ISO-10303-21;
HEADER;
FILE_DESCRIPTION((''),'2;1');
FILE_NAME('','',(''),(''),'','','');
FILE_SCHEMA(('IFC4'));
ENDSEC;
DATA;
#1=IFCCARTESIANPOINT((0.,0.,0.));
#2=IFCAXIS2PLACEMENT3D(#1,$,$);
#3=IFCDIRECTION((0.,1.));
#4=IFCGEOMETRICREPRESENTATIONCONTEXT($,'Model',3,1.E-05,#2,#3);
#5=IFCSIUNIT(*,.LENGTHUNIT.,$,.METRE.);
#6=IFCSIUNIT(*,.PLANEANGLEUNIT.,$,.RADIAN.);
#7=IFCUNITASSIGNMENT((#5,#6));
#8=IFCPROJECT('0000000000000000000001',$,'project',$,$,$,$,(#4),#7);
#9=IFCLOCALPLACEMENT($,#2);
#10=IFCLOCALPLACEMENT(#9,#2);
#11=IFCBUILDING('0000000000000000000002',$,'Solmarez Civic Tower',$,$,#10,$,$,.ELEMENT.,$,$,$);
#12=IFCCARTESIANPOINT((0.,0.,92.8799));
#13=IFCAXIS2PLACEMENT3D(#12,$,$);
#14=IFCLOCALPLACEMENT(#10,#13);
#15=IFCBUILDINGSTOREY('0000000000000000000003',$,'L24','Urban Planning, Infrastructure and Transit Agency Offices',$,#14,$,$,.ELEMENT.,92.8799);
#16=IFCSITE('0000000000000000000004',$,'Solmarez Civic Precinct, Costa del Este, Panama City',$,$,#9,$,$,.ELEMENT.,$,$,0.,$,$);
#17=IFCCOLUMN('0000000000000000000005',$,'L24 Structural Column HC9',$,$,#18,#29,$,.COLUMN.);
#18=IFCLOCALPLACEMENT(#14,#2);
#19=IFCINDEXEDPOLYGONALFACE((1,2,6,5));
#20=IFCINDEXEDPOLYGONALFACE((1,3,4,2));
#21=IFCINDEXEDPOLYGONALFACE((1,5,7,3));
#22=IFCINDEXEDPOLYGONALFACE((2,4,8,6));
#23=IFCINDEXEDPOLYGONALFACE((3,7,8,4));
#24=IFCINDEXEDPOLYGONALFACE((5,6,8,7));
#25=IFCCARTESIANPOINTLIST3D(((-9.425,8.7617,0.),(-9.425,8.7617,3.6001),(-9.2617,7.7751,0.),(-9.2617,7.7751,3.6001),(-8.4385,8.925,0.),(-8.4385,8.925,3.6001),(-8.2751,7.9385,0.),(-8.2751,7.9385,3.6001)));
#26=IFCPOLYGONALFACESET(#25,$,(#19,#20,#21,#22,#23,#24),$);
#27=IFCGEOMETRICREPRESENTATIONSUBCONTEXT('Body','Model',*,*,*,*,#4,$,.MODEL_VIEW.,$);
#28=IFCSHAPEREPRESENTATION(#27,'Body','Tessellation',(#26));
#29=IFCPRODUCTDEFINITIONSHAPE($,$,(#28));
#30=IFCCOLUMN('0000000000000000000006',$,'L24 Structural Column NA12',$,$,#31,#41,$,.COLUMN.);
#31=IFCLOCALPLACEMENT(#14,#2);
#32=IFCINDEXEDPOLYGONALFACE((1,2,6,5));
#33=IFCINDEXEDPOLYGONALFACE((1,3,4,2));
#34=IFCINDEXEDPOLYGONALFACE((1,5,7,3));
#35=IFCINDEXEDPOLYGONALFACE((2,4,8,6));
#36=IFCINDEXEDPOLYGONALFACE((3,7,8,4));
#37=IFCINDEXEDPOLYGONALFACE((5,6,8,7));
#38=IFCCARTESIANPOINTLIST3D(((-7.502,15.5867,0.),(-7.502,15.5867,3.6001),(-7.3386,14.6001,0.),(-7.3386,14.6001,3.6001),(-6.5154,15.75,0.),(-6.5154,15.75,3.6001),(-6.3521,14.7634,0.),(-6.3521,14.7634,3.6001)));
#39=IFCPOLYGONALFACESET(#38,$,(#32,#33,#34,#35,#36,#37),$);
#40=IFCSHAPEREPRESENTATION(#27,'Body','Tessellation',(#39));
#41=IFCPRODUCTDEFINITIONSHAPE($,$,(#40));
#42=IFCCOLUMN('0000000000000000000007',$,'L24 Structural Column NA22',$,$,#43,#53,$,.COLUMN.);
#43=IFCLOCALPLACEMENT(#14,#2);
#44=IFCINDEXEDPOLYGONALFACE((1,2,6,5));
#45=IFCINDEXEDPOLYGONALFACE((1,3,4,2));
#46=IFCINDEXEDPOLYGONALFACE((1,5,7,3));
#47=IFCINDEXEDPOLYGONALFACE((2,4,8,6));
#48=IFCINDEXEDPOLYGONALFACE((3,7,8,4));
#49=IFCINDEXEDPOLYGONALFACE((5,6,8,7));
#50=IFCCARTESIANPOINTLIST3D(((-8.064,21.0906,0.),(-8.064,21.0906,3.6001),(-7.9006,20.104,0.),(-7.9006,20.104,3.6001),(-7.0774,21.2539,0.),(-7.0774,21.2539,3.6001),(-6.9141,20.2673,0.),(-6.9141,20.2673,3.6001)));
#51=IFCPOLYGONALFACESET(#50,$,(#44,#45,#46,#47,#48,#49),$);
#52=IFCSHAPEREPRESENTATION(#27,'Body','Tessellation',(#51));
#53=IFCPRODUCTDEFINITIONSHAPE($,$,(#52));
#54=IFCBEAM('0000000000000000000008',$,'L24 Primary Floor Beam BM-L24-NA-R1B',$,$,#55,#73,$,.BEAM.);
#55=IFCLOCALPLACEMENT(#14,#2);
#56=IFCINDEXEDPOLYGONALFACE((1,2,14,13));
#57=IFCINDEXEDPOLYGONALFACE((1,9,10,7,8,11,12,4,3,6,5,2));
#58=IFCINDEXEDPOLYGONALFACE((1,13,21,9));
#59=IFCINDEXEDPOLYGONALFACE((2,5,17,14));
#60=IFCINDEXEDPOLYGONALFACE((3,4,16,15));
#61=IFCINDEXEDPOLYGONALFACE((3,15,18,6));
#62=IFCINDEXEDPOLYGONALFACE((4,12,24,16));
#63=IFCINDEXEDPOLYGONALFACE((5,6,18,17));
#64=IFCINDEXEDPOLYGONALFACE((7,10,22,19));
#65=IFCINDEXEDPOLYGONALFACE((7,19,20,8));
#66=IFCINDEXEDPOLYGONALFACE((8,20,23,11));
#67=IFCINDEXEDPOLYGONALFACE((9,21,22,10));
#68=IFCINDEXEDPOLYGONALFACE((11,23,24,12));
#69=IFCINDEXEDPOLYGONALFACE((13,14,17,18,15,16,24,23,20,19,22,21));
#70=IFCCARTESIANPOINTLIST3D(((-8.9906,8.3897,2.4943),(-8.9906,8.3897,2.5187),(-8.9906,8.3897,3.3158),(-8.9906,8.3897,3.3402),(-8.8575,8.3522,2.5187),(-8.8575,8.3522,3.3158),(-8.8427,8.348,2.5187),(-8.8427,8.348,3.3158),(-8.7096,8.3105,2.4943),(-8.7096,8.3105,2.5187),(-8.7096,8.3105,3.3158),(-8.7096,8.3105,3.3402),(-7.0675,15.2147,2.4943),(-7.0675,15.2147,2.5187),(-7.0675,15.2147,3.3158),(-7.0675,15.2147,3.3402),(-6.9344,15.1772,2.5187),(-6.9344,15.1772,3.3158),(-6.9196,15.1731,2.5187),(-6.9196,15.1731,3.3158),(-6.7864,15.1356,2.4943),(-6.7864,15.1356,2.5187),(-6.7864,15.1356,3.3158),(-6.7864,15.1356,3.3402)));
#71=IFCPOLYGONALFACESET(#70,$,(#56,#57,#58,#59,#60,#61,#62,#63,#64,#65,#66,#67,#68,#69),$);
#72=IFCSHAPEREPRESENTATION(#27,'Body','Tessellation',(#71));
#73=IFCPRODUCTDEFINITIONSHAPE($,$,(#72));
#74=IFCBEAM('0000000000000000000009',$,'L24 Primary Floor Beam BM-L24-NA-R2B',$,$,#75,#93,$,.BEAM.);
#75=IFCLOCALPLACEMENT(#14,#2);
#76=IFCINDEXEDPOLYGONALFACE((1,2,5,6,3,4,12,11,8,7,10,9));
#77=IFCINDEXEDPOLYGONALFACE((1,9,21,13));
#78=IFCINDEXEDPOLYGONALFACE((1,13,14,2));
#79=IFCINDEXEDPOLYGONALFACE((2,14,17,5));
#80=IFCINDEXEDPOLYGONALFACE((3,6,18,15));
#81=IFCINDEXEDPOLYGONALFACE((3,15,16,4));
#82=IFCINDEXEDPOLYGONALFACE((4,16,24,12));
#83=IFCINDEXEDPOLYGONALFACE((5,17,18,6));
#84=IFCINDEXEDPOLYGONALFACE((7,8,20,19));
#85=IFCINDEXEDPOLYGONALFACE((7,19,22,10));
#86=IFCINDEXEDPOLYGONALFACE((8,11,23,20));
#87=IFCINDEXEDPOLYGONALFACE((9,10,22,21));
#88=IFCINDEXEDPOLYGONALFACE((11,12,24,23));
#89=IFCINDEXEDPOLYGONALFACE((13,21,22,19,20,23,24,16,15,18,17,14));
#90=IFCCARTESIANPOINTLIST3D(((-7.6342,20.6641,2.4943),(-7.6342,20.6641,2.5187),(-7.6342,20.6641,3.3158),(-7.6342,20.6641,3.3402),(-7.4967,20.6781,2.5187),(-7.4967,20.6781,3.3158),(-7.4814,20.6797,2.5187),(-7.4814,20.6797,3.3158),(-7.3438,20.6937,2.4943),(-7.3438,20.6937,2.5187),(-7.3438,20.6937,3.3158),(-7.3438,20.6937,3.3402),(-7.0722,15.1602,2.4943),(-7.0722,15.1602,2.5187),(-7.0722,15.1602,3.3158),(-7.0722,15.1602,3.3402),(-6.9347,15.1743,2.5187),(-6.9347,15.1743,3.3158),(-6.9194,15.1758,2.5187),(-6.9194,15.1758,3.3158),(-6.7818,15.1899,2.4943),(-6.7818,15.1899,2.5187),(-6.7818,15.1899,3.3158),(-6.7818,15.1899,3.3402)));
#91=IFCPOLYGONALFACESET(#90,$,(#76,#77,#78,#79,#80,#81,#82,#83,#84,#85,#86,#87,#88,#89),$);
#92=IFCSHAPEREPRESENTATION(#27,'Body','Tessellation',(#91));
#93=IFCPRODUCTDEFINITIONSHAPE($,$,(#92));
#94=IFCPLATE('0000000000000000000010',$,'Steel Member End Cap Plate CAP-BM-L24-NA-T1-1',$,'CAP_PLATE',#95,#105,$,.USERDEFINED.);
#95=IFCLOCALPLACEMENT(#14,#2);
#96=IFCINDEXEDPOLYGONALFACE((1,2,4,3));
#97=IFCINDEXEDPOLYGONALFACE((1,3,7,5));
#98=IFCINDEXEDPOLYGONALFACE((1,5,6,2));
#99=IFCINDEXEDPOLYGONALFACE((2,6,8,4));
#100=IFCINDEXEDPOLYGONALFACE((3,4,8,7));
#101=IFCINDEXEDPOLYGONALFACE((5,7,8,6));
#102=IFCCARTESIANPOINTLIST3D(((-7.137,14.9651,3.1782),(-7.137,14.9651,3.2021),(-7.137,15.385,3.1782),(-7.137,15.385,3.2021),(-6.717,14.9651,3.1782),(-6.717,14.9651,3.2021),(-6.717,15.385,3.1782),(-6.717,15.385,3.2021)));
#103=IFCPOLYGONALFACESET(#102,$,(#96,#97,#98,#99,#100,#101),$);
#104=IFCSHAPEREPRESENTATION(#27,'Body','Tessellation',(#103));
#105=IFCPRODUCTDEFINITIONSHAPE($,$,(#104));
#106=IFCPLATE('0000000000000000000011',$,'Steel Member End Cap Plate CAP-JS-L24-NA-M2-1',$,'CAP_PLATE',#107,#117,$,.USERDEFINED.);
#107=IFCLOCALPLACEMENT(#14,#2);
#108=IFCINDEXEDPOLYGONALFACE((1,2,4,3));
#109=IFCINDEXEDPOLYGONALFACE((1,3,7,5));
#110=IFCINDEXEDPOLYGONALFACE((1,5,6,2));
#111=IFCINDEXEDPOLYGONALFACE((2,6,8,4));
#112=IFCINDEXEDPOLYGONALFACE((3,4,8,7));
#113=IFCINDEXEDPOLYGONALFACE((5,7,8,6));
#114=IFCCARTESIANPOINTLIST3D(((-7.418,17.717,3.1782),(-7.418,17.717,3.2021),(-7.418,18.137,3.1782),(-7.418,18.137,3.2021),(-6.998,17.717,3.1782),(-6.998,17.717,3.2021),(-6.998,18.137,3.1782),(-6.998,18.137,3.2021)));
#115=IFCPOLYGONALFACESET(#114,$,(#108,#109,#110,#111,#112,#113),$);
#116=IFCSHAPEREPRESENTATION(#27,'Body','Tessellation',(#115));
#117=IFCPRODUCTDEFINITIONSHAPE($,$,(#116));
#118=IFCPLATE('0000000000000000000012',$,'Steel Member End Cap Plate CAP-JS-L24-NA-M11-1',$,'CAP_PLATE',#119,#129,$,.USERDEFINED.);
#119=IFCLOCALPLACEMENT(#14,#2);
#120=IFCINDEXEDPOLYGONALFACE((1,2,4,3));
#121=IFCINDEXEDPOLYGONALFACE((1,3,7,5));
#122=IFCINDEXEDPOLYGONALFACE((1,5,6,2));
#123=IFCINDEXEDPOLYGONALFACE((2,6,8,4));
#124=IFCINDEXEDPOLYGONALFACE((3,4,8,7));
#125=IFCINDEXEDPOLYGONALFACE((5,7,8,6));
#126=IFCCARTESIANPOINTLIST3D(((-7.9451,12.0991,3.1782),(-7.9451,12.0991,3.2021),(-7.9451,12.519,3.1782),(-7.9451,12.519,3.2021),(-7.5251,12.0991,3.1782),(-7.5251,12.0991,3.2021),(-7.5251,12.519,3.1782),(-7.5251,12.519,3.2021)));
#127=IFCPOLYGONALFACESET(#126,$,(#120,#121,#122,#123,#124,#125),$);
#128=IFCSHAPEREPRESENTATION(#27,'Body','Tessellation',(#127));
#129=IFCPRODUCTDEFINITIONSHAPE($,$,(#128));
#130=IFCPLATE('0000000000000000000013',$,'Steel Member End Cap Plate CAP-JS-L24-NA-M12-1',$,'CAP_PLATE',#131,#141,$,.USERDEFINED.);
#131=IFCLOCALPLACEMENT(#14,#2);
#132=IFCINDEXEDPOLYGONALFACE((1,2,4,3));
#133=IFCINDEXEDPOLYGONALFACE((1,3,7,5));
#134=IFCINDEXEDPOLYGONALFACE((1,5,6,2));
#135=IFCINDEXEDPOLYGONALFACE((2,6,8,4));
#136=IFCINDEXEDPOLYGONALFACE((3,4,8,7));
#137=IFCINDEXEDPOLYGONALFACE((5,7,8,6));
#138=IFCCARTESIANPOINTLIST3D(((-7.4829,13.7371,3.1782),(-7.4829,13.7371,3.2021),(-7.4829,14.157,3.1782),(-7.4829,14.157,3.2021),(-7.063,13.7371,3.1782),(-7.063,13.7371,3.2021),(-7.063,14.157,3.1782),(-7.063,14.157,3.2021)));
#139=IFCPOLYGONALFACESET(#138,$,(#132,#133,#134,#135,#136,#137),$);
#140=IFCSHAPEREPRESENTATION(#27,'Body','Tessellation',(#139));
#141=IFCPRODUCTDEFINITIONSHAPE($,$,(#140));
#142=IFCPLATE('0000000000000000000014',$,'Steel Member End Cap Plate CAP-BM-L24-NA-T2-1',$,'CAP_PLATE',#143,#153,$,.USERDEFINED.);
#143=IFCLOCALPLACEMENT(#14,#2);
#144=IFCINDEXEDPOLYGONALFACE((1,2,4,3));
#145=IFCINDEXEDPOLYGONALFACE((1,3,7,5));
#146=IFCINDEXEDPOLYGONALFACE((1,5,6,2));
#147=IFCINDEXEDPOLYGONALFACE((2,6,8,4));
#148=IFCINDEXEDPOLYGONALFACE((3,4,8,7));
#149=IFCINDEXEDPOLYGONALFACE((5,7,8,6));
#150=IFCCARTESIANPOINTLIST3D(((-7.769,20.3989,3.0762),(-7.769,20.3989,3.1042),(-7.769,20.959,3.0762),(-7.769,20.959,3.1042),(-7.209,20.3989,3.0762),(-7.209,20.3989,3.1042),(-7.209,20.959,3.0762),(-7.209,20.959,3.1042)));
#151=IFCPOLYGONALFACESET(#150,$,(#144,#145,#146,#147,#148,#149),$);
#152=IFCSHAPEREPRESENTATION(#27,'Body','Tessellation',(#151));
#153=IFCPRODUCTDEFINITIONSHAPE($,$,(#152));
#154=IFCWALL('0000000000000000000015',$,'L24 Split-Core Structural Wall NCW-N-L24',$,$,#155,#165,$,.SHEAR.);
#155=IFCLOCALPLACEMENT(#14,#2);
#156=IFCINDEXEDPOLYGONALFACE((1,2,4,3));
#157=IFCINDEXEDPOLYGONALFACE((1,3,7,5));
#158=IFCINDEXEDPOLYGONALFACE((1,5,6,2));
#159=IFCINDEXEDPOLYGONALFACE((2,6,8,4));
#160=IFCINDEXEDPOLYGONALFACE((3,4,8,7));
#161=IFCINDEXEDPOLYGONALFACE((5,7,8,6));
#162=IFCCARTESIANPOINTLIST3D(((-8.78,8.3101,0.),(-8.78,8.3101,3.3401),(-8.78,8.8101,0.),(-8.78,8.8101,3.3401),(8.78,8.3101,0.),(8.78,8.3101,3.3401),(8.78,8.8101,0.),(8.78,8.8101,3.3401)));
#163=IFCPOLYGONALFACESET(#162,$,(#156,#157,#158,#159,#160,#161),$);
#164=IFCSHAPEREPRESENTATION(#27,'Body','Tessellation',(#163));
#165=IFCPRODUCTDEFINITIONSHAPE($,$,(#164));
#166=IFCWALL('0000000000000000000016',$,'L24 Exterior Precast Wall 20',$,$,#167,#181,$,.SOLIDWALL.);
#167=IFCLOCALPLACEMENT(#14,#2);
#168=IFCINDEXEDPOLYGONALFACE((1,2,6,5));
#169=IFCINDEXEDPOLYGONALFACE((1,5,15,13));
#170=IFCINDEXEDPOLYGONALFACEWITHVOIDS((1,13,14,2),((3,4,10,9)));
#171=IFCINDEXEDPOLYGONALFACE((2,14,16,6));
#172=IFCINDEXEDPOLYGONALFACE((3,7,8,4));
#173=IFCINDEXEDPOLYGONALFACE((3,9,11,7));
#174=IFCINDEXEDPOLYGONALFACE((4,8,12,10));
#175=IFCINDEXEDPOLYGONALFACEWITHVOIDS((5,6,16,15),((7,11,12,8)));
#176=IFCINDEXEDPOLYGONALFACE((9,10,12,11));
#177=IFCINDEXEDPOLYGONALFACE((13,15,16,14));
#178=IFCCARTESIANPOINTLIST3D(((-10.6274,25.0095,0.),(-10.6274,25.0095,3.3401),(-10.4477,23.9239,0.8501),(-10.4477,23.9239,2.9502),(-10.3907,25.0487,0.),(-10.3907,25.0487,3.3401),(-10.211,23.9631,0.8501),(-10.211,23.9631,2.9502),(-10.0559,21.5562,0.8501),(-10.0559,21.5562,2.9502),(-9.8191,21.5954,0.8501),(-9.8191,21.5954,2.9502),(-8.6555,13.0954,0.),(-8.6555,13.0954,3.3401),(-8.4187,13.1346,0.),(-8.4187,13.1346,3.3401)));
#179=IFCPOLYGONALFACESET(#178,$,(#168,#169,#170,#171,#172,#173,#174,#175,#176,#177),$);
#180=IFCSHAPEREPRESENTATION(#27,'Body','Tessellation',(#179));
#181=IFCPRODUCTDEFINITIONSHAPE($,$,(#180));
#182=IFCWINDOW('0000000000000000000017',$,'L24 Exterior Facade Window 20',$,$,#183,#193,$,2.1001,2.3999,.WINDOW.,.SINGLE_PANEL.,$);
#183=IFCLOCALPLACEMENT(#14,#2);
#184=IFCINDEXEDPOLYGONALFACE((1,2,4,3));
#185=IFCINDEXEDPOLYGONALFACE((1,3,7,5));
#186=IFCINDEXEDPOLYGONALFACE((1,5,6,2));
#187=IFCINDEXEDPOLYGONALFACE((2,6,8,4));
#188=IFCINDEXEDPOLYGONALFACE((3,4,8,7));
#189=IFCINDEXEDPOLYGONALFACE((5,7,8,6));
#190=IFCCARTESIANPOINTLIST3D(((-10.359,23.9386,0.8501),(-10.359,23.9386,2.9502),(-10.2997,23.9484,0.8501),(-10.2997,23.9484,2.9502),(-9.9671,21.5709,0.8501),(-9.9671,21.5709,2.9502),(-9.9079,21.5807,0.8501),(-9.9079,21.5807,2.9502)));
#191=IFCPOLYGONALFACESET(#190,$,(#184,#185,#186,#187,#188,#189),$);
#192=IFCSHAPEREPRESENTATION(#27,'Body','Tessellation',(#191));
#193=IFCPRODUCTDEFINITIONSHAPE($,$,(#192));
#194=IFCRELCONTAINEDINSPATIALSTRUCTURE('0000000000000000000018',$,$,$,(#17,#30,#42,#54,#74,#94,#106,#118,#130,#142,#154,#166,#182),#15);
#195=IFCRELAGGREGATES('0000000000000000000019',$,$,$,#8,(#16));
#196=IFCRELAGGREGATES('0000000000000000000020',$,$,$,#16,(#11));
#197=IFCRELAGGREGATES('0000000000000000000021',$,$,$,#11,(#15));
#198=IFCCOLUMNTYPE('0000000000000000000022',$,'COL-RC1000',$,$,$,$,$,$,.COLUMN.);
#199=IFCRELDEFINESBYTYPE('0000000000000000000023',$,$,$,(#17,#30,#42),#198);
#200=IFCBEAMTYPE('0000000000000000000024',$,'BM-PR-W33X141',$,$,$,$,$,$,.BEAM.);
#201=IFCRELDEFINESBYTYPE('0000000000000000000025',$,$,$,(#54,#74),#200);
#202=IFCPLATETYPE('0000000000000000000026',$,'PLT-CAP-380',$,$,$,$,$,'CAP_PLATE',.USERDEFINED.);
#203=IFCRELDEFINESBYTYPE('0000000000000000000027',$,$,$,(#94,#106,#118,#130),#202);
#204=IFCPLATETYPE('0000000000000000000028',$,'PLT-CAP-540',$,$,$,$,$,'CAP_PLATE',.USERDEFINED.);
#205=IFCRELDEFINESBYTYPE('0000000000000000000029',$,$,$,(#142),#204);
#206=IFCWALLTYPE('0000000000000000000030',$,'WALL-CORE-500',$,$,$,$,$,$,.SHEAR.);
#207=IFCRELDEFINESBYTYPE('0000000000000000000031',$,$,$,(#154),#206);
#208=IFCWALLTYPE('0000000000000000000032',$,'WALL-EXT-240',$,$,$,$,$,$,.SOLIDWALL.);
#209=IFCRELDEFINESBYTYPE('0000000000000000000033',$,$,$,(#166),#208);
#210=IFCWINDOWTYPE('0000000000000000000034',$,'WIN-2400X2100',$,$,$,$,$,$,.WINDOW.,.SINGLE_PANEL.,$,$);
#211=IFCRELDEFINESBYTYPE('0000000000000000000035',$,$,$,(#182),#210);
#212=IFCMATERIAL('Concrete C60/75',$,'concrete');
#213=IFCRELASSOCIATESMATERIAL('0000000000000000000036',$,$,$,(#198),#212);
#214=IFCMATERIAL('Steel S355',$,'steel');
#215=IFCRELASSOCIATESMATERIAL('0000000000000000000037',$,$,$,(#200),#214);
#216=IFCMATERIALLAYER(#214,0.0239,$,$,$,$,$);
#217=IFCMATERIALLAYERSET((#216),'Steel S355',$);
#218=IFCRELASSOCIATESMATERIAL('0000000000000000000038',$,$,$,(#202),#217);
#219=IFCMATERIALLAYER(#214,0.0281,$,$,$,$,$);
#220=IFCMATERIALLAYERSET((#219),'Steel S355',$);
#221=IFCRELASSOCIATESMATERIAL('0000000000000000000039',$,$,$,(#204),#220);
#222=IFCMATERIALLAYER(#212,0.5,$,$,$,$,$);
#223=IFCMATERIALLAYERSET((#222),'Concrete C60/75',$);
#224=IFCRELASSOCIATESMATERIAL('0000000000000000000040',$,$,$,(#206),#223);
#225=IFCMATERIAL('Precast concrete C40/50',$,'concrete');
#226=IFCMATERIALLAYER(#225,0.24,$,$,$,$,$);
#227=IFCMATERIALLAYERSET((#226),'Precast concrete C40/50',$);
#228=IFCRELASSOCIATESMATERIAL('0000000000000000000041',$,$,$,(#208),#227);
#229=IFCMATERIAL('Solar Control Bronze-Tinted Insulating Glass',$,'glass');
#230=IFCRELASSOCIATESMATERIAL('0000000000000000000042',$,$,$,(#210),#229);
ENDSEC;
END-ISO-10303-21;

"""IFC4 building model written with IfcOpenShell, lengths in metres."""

from ifc_helpers import new_model, si_unit, direction, frame, frame_2d, origin, origin_2d, place, context, subcontext, project, spatial, rectangle, i_section, extrude, material, layer, layer_set, material_profile, profile_set, type_object, element, fill, save


model = new_model("IFC4")

# Units and contexts
model_context = context("Model", 3, precision=1e-05, world=origin(), true_north=direction((0.0, 1.0)))
body_context = subcontext(model_context, "Body", "Model", "MODEL_VIEW")
ifc_project = project(units=[si_unit("LENGTHUNIT", "METRE"), si_unit("PLANEANGLEUNIT", "RADIAN")], contexts=[model_context])

# Site, building, storey
site_placement = place(None, origin())
site = spatial("IfcSite", under=ifc_project, at=site_placement, Name="Solmarez Civic Precinct, Costa del Este, Panama City", CompositionType="ELEMENT", RefElevation=0.0)
building_placement = place(site_placement, origin())
building = spatial("IfcBuilding", under=site, at=building_placement, Name="Solmarez Civic Tower", CompositionType="ELEMENT")
storey_placement = place(building_placement, frame((0.0, 0.0, 92.8799)))
storey = spatial("IfcBuildingStorey", under=building, at=storey_placement, Name="L24", Description="Urban Planning, Infrastructure and Transit Agency Offices", CompositionType="ELEMENT", Elevation=92.8799)

# Columns
ifc_material_1 = material(Name="Concrete C60/75", Category="concrete")
ifc_material_profile_1 = material_profile(ifc_material_1, rectangle(XDim=1.0, YDim=1.0, at=origin_2d()), Name="RC1000X1000")
ifc_profile_set_1 = profile_set([ifc_material_profile_1], Name="Concrete C60/75")
column_type = type_object("IfcColumnType", Name="COL-RC1000", PredefinedType="COLUMN", material=ifc_profile_set_1)
for number, where, z_axis, x_axis, name in (
    (1, (-8.8501, 8.3501, 0.0), (0.0, 0.0, 1.0), (0.986572, 0.163326, 0.0), "L24 Structural Column HC9"),
    (2, (-6.927, 15.175, 0.0), (0.0, 0.0, 1.0), (0.986572, 0.163326, 0.0), "L24 Structural Column NA12"),
    (3, (-7.489, 20.679, 0.0), (0.0, 0.0, 1.0), (0.986572, 0.163326, 0.0), "L24 Structural Column NA22"),
):
    element("IfcColumn", number, at=place(storey_placement, frame(where, z_axis=z_axis, x_axis=x_axis)), inside=storey, type_object=column_type, Name=name, PredefinedType="COLUMN", context=body_context, shape_type="SweptSolid", body=[
        extrude(rectangle(XDim=1.0, YDim=1.0, at=origin_2d()), origin(), (0.0, 0.0, 1.0), 3.6001),
    ])

# Beams
ifc_material_2 = material(Name="Steel S355", Category="steel")
ifc_material_profile_2 = material_profile(ifc_material_2, i_section(OverallWidth=0.292, OverallDepth=0.8459, WebThickness=0.0154, FlangeThickness=0.0244, at=origin_2d()), Name="W33X141")
ifc_profile_set_2 = profile_set([ifc_material_profile_2], Name="Steel S355")
beam_type = type_object("IfcBeamType", Name="BM-PR-W33X141", PredefinedType="BEAM", material=ifc_profile_set_2)
beam_1_placement = place(storey_placement, frame((-8.8501, 8.3501, 2.9172), z_axis=(0.271213, 0.962519, 0.0), x_axis=(-0.962519, 0.271213, 0.0)))
element("IfcBeam", 4, at=beam_1_placement, inside=storey, type_object=beam_type, Name="L24 Primary Floor Beam BM-L24-NA-R1B", PredefinedType="BEAM", context=body_context, shape_type="SweptSolid", body=[
    extrude(i_section(OverallWidth=0.292, OverallDepth=0.8459, WebThickness=0.0154, FlangeThickness=0.0244, at=origin_2d()), origin(), (0.0, 0.0, 1.0), 7.0908),
])
beam_2_placement = place(storey_placement, frame((-6.927, 15.175, 2.9172), z_axis=(-0.101583, 0.994827, 0.0), x_axis=(-0.994827, -0.101583, 0.0)))
element("IfcBeam", 5, at=beam_2_placement, inside=storey, type_object=beam_type, Name="L24 Primary Floor Beam BM-L24-NA-R2B", PredefinedType="BEAM", context=body_context, shape_type="SweptSolid", body=[
    extrude(i_section(OverallWidth=0.292, OverallDepth=0.8459, WebThickness=0.0154, FlangeThickness=0.0244, at=origin_2d()), origin(), (0.0, 0.0, 1.0), 5.5325),
])

# Plates
ifc_layer_1 = layer(ifc_material_2, 0.0239)
ifc_layer_set_1 = layer_set([ifc_layer_1], Name="Steel S355")
plate_type_1 = type_object("IfcPlateType", Name="PLT-CAP-380", ElementType="CAP_PLATE", PredefinedType="USERDEFINED", material=ifc_layer_set_1)
for number, where, z_axis, x_axis, name in (
    (6, (-6.927, 15.175, 3.1782), (0.0, 0.0, 1.0), (1.0, 0.0, 0.0), "Steel Member End Cap Plate CAP-BM-L24-NA-T1-1"),
    (7, (-7.208, 17.927, 3.1782), (0.0, 0.0, 1.0), (1.0, 0.0, 0.0), "Steel Member End Cap Plate CAP-JS-L24-NA-M2-1"),
    (8, (-7.7351, 12.3091, 3.1782), (0.0, 0.0, 1.0), (1.0, 0.0, 0.0), "Steel Member End Cap Plate CAP-JS-L24-NA-M11-1"),
    (9, (-7.2729, 13.947, 3.1782), (0.0, 0.0, 1.0), (1.0, 0.0, 0.0), "Steel Member End Cap Plate CAP-JS-L24-NA-M12-1"),
):
    element("IfcPlate", number, at=place(storey_placement, frame(where, z_axis=z_axis, x_axis=x_axis)), inside=storey, type_object=plate_type_1, Name=name, ObjectType="CAP_PLATE", PredefinedType="USERDEFINED", context=body_context, shape_type="SweptSolid", body=[
        extrude(rectangle(XDim=0.4199, YDim=0.4199, at=origin_2d()), origin(), (0.0, 0.0, 1.0), 0.0239),
    ])
ifc_layer_2 = layer(ifc_material_2, 0.0281)
ifc_layer_set_2 = layer_set([ifc_layer_2], Name="Steel S355")
plate_type_2 = type_object("IfcPlateType", Name="PLT-CAP-540", ElementType="CAP_PLATE", PredefinedType="USERDEFINED", material=ifc_layer_set_2)
plate_placement = place(storey_placement, frame((-7.489, 20.679, 3.0762), z_axis=(0.0, 0.0, 1.0), x_axis=(1.0, 0.0, 0.0)))
element("IfcPlate", 10, at=plate_placement, inside=storey, type_object=plate_type_2, Name="Steel Member End Cap Plate CAP-BM-L24-NA-T2-1", ObjectType="CAP_PLATE", PredefinedType="USERDEFINED", context=body_context, shape_type="SweptSolid", body=[
    extrude(rectangle(XDim=0.5601, YDim=0.5601, at=origin_2d()), origin(), (0.0, 0.0, 1.0), 0.0281),
])

# Wall
ifc_layer_3 = layer(ifc_material_1, 0.5)
ifc_layer_set_3 = layer_set([ifc_layer_3], Name="Concrete C60/75")
wall_type_1 = type_object("IfcWallType", Name="WALL-CORE-500", PredefinedType="SHEAR", material=ifc_layer_set_3)
wall_1_placement = place(storey_placement, frame((-8.78, 8.5601, 0.0), z_axis=(0.0, 0.0, 1.0), x_axis=(1.0, 0.0, 0.0)))
element("IfcWall", 11, at=wall_1_placement, inside=storey, type_object=wall_type_1, Name="L24 Split-Core Structural Wall NCW-N-L24", PredefinedType="SHEAR", context=body_context, shape_type="SweptSolid", body=[
    extrude(rectangle(XDim=17.5601, YDim=0.5, at=frame_2d((8.78, 0.0))), origin(), (0.0, 0.0, 1.0), 3.3401),
])

# Wall, opening, window
ifc_material_3 = material(Name="Precast concrete C40/50", Category="concrete")
ifc_layer_4 = layer(ifc_material_3, 0.24)
ifc_layer_set_4 = layer_set([ifc_layer_4], Name="Precast concrete C40/50")
wall_type_2 = type_object("IfcWallType", Name="WALL-EXT-240", PredefinedType="SOLIDWALL", material=ifc_layer_set_4)
wall_2_placement = place(storey_placement, frame((-8.5371, 13.115, 0.0), z_axis=(0.0, 0.0, 1.0), x_axis=(-0.163291, 0.986578, 0.0)))
wall_2 = element("IfcWall", 12, at=wall_2_placement, inside=storey, type_object=wall_type_2, Name="L24 Exterior Precast Wall 20", PredefinedType="SOLIDWALL", context=body_context, shape_type="SweptSolid", body=[
    extrude(rectangle(XDim=12.0762, YDim=0.24, at=frame_2d((6.0381, 0.0))), origin(), (0.0, 0.0, 1.0), 3.3401),
])
opening_1_placement = place(wall_2_placement, frame((8.5759, 0.0, 0.8501)))
opening_1 = element("IfcOpeningElement", 13, at=opening_1_placement, cuts=wall_2, PredefinedType="OPENING", context=body_context, shape_type="SweptSolid", body=[
    extrude(rectangle(XDim=2.3999, YDim=2.1001, at=frame_2d((1.2, 1.05))), frame((0.0, 0.1299, 0.0), z_axis=(0.0, -1.0, 0.0), x_axis=(1.0, 0.0, 0.0)), (0.0, 0.0, 1.0), 0.26),
])
ifc_material_4 = material(Name="Solar Control Bronze-Tinted Insulating Glass", Category="glass")
window_type = type_object("IfcWindowType", Name="WIN-2400X2100", PartitioningType="SINGLE_PANEL", PredefinedType="WINDOW", material=ifc_material_4)
window_placement = place(opening_1_placement, origin())
window = element("IfcWindow", 14, at=window_placement, inside=storey, type_object=window_type, Name="L24 Exterior Facade Window 20", OverallHeight=2.1001, OverallWidth=2.3999, PartitioningType="SINGLE_PANEL", PredefinedType="WINDOW", context=body_context, shape_type="SweptSolid", body=[
    extrude(rectangle(XDim=2.3999, YDim=2.1001, at=frame_2d((1.2, 1.05))), frame((0.0, 0.03, 0.0), z_axis=(0.0, -1.0, 0.0), x_axis=(1.0, 0.0, 0.0)), (0.0, 0.0, 1.0), 0.0601),
])
fill(opening_1, window)

save(model, "model.ifc")
